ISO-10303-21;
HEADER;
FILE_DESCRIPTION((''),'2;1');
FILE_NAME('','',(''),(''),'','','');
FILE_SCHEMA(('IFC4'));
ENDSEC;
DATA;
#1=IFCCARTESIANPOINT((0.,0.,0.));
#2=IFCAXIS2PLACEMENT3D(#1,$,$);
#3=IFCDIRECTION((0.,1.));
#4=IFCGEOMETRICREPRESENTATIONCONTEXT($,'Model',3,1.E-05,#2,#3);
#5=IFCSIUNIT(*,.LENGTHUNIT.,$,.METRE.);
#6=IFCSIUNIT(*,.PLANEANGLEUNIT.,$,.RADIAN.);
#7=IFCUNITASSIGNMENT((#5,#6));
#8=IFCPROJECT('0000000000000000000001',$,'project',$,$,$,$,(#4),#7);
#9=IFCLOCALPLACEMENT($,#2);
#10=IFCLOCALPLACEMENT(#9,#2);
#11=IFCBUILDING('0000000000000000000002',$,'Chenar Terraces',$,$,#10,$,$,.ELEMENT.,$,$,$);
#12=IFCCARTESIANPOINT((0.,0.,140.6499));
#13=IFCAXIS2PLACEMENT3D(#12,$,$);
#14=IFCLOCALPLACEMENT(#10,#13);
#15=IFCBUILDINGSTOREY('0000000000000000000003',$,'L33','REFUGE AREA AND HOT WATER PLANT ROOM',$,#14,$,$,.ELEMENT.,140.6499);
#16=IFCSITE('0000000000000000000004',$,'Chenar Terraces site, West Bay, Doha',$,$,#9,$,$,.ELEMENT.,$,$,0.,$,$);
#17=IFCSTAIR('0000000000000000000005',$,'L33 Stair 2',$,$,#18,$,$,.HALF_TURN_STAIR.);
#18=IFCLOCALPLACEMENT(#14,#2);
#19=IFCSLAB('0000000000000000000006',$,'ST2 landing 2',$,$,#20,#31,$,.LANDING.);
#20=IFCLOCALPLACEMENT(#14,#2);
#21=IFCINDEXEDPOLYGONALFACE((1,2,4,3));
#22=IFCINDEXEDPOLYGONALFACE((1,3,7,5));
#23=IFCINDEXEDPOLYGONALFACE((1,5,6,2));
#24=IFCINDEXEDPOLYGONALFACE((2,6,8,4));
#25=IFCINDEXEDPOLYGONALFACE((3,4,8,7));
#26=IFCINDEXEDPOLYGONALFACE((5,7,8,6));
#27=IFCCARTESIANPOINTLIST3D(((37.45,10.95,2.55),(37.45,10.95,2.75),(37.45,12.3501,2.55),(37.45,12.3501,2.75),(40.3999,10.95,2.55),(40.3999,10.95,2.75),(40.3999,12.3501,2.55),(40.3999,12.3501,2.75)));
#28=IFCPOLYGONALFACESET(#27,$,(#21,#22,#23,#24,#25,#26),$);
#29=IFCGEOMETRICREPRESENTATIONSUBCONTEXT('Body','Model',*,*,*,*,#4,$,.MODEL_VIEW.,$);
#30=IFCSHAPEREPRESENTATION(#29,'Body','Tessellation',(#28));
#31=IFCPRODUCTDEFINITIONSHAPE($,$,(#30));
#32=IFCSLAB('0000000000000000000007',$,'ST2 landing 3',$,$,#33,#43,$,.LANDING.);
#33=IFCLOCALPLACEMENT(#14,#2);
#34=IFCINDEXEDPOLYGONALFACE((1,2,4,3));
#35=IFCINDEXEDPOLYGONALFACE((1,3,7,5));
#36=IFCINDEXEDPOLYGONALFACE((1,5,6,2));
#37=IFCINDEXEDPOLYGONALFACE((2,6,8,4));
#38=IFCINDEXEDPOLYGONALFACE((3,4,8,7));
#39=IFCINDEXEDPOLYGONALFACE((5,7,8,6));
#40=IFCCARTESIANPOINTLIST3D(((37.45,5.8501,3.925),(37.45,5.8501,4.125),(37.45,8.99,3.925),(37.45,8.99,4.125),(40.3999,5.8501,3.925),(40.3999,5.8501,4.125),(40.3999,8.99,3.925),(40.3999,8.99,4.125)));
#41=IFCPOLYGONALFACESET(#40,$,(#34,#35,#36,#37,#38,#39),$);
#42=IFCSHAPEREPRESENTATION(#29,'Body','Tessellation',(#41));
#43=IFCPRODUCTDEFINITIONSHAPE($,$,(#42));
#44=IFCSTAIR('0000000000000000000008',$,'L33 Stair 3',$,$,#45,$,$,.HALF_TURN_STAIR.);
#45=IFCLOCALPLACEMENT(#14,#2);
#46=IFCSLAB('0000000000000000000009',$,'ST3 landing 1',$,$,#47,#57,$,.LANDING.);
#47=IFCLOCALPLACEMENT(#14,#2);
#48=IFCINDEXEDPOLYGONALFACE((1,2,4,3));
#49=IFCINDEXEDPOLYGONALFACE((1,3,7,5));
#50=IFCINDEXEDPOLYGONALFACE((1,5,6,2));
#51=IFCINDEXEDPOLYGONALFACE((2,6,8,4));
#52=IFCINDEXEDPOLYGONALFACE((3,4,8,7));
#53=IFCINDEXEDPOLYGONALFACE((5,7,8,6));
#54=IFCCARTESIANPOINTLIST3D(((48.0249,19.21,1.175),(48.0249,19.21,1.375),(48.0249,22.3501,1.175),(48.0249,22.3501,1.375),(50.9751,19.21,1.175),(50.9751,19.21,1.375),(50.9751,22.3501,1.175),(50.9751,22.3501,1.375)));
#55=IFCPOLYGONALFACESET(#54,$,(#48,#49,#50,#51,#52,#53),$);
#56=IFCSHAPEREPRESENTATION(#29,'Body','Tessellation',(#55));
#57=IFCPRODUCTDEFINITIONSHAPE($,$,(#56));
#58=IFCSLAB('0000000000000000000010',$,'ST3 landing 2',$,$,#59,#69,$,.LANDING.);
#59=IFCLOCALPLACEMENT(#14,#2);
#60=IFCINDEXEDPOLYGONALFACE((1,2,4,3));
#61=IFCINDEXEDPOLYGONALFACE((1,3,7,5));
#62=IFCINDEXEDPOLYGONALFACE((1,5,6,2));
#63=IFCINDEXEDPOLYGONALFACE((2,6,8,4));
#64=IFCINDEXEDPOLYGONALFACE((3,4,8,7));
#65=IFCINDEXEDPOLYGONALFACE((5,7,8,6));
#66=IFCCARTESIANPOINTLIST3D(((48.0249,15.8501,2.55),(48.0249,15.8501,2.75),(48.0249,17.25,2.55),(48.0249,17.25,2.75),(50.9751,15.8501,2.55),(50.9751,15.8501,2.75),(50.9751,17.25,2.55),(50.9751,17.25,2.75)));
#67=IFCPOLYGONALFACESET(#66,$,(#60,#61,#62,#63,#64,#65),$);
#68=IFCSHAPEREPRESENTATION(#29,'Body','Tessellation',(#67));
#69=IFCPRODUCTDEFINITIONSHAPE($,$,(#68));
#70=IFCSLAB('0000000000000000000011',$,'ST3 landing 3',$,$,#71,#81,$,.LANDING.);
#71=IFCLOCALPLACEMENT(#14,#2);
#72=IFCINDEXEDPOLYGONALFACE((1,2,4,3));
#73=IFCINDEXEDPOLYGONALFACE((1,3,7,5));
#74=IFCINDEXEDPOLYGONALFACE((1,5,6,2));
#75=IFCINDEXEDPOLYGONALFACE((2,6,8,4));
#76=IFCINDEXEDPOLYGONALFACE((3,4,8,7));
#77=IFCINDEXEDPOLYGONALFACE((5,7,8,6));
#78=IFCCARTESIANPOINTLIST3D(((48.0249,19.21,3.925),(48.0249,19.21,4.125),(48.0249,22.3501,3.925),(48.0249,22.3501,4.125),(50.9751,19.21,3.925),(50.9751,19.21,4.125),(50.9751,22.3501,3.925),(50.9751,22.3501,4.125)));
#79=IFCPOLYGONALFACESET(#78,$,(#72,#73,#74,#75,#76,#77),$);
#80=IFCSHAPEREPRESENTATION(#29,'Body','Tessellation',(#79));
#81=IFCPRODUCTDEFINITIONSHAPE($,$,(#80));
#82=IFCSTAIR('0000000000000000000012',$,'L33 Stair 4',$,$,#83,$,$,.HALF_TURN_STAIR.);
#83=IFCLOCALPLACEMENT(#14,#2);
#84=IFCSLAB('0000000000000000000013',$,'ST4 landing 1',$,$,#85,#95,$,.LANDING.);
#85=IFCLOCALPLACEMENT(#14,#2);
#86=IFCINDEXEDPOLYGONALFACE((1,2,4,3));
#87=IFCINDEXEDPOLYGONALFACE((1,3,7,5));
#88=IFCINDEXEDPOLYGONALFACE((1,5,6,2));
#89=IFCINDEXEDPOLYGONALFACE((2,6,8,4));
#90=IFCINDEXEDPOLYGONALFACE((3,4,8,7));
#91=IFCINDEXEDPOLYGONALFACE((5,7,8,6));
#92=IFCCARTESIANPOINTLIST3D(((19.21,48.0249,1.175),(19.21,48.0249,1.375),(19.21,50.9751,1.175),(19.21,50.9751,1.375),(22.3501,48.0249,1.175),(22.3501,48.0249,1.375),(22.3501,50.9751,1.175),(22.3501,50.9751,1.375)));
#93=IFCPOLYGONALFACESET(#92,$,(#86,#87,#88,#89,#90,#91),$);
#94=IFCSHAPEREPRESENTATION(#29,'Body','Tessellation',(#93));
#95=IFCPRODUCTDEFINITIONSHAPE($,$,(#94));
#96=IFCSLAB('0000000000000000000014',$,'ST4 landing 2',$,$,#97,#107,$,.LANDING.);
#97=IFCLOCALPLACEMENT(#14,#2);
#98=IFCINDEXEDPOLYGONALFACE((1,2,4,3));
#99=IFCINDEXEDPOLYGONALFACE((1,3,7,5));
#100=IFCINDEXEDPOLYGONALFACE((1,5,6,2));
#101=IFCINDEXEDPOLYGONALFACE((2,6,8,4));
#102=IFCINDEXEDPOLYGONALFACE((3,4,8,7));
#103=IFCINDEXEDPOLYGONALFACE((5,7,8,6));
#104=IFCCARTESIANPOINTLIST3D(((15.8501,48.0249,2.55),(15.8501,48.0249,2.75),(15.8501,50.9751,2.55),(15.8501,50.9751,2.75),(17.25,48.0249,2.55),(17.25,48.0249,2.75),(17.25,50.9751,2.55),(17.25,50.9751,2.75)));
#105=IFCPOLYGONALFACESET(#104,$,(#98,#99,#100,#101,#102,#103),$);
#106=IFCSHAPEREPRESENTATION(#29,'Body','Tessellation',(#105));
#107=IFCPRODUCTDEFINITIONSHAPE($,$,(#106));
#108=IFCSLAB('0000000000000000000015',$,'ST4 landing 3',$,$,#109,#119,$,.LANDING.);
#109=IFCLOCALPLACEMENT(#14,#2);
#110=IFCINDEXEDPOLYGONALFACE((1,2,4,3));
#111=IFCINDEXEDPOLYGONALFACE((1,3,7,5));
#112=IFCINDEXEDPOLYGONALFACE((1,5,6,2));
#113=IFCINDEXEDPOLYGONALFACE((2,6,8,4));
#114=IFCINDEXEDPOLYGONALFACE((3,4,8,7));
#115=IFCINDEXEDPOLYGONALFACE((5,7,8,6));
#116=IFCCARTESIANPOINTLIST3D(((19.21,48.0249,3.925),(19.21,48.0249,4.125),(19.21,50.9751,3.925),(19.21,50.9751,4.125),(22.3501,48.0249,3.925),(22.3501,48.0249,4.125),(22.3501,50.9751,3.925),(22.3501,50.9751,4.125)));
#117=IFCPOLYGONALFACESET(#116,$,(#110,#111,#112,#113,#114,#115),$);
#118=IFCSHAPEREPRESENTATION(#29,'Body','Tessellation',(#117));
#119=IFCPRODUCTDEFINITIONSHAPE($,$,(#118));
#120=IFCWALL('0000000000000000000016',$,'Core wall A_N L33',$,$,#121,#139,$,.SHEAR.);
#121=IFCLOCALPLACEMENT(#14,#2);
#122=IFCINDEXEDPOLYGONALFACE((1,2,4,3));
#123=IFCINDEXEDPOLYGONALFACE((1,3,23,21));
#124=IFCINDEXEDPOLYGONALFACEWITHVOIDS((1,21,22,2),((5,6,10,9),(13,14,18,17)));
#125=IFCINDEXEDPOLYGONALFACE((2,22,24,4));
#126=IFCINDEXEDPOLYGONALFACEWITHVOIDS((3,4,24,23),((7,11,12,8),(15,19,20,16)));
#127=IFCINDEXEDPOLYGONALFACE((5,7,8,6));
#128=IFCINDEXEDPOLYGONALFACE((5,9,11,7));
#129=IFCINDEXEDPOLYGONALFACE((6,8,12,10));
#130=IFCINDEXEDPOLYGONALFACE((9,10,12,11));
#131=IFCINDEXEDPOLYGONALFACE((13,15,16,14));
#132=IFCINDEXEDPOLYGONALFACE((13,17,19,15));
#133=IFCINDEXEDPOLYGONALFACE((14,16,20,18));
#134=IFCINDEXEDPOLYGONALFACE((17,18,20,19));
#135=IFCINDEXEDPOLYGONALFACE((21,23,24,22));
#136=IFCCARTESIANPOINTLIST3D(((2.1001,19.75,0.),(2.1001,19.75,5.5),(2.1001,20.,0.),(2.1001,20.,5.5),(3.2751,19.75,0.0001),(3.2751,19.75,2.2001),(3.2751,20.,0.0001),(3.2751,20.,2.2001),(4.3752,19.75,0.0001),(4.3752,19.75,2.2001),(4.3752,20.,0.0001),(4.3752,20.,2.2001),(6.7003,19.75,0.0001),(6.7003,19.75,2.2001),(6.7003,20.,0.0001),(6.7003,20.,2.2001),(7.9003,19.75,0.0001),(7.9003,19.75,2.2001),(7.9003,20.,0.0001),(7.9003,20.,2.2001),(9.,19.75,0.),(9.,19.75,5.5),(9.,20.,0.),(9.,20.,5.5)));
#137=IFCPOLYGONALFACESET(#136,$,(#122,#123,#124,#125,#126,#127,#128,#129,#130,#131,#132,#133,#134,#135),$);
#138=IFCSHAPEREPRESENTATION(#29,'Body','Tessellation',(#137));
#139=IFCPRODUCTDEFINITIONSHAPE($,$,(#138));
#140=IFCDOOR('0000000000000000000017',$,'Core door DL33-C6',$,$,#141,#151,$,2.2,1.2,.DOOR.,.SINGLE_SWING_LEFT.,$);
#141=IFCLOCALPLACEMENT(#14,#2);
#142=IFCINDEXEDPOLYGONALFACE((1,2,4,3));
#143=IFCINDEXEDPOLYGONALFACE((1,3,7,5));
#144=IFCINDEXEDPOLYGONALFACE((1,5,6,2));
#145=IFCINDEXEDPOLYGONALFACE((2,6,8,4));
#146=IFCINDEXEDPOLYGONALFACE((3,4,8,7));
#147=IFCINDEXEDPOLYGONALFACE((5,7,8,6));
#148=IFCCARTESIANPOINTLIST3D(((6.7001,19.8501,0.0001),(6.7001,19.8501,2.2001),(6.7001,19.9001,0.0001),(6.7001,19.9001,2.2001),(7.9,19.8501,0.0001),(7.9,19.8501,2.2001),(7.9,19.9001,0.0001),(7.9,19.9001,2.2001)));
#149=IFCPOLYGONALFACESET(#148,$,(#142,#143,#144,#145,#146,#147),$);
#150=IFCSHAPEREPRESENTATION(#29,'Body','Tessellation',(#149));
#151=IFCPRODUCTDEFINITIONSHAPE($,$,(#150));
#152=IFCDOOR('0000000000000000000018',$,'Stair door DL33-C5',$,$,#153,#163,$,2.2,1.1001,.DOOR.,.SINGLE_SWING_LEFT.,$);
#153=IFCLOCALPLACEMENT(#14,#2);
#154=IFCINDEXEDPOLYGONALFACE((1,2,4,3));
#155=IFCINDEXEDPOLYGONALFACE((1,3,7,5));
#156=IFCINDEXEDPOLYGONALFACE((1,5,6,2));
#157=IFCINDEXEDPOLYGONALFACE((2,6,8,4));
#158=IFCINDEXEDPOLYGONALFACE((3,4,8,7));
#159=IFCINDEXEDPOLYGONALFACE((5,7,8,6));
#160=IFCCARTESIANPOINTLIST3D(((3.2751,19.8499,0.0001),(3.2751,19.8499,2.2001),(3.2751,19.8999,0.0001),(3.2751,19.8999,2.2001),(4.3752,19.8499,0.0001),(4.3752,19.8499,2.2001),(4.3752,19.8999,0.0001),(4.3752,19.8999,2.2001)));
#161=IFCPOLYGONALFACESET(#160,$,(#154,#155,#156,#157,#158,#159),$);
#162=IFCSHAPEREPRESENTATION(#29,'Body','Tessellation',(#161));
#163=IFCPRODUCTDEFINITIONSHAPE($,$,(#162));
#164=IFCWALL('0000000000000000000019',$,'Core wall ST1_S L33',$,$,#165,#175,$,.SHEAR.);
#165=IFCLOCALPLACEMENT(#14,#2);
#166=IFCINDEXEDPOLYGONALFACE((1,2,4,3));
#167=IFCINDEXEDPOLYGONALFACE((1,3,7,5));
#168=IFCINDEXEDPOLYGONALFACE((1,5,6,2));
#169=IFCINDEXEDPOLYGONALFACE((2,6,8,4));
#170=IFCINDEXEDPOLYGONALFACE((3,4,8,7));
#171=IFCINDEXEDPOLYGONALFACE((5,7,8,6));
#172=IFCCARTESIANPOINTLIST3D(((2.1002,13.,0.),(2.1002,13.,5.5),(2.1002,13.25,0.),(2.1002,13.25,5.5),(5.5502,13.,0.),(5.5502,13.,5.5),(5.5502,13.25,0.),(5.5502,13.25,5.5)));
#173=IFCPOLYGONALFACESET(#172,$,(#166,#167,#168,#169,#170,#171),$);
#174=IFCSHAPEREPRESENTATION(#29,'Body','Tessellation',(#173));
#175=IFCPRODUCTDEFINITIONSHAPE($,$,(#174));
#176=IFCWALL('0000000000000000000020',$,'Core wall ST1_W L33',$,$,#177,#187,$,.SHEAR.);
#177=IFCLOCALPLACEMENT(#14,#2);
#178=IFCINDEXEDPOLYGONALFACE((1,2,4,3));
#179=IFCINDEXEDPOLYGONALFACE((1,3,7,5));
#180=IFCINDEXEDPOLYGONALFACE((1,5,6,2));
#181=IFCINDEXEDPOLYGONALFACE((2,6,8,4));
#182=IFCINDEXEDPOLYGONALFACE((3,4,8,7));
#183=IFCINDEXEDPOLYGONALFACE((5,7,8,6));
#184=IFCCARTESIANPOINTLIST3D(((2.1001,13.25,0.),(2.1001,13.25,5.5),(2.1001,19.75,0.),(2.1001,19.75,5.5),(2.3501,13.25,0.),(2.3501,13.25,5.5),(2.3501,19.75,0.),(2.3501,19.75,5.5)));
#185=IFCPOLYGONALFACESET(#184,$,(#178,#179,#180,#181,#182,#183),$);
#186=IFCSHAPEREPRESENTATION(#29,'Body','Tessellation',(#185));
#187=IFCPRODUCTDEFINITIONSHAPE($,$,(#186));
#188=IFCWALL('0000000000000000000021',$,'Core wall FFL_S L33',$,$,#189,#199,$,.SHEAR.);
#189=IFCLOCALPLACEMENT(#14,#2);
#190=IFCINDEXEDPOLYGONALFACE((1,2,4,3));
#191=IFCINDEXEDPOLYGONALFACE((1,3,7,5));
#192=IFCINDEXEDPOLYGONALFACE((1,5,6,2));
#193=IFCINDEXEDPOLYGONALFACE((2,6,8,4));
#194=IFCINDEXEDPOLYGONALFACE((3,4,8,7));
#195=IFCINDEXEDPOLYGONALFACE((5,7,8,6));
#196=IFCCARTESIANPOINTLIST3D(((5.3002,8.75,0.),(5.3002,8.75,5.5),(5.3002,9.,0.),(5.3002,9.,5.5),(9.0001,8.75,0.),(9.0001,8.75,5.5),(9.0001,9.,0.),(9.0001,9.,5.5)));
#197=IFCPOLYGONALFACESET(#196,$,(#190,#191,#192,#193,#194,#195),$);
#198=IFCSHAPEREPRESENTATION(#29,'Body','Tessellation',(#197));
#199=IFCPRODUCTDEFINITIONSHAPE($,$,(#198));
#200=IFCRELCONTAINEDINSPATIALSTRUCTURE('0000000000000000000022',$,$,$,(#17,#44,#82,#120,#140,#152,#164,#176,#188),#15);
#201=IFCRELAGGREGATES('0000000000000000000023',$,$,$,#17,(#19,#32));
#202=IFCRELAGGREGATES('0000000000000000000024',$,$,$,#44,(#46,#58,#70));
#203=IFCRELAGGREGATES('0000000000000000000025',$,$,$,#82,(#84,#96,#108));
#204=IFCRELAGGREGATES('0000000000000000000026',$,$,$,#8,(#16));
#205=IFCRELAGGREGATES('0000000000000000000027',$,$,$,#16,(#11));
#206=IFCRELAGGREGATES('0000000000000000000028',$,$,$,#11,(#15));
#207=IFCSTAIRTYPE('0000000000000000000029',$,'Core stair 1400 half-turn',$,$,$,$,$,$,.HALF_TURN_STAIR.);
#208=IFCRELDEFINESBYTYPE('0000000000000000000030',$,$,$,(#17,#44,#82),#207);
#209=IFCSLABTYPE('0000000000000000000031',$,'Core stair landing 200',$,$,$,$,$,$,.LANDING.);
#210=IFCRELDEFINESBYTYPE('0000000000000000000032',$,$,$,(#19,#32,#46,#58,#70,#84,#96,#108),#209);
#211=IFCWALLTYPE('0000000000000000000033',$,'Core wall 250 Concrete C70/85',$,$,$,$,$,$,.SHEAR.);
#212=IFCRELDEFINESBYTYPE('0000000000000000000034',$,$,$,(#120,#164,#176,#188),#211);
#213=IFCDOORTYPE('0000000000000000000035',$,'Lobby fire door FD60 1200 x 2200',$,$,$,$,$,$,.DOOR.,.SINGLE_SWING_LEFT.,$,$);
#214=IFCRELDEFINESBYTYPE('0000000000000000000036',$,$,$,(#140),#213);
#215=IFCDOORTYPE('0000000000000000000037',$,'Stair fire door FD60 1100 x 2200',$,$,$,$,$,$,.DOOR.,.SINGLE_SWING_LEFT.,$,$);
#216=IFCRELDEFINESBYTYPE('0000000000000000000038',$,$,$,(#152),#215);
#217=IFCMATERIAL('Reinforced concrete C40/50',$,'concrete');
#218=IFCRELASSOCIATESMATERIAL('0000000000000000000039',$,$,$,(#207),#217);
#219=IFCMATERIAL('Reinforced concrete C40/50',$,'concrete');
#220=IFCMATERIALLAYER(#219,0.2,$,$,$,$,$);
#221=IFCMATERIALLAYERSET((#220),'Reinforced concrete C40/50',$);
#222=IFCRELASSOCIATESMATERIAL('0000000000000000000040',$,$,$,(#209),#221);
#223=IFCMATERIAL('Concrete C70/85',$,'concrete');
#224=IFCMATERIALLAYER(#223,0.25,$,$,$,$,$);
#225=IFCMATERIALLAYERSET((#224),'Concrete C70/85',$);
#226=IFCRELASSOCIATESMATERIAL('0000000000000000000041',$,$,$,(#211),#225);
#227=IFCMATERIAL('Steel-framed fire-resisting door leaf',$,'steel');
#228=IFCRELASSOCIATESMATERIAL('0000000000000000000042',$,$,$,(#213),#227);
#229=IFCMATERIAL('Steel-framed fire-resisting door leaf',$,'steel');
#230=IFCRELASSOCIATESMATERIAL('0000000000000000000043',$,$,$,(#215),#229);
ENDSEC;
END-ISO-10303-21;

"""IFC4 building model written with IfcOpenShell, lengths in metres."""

from ifc_helpers import new_model, si_unit, direction, frame, frame_2d, origin, place, context, subcontext, project, spatial, polyline, rectangle, outline, extrude, material, layer, layer_set, type_object, element, fill, aggregate, save


model = new_model("IFC4")

# Units and contexts
model_context = context("Model", 3, precision=1e-05, world=origin(), true_north=direction((0.0, 1.0)))
body_context = subcontext(model_context, "Body", "Model", "MODEL_VIEW")
ifc_project = project(units=[si_unit("LENGTHUNIT", "METRE"), si_unit("PLANEANGLEUNIT", "RADIAN")], contexts=[model_context])

# Site, building, storey
site_placement = place(None, origin())
site = spatial("IfcSite", under=ifc_project, at=site_placement, Name="Chenar Terraces site, West Bay, Doha", CompositionType="ELEMENT", RefElevation=0.0)
building_placement = place(site_placement, origin())
building = spatial("IfcBuilding", under=site, at=building_placement, Name="Chenar Terraces", CompositionType="ELEMENT")
storey_placement = place(building_placement, frame((0.0, 0.0, 140.6499)))
storey = spatial("IfcBuildingStorey", under=building, at=storey_placement, Name="L33", Description="REFUGE AREA AND HOT WATER PLANT ROOM", CompositionType="ELEMENT", Elevation=140.6499)

# Stairs, slabs
ifc_material_1 = material(Name="Reinforced concrete C40/50", Category="concrete")
stair_type = type_object("IfcStairType", Name="Core stair 1400 half-turn", PredefinedType="HALF_TURN_STAIR", material=ifc_material_1)
placement_1 = place(storey_placement, origin())
stair_1 = element("IfcStair", 1, at=placement_1, inside=storey, type_object=stair_type, Name="L33 Stair 2", PredefinedType="HALF_TURN_STAIR")
ifc_material_2 = material(Name="Reinforced concrete C40/50", Category="concrete")
ifc_layer_1 = layer(ifc_material_2, 0.2)
ifc_layer_set_1 = layer_set([ifc_layer_1], Name="Reinforced concrete C40/50")
slab_type = type_object("IfcSlabType", Name="Core stair landing 200", PredefinedType="LANDING", material=ifc_layer_set_1)
placement_2 = place(storey_placement, frame((0.0, 0.0, 2.55)))
slab_1 = element("IfcSlab", 2, at=placement_2, type_object=slab_type, Name="ST2 landing 2", PredefinedType="LANDING", context=body_context, shape_type="SweptSolid", body=[
    extrude(outline(polyline([(37.45, 12.3501), (37.45, 10.95), (40.3999, 10.95), (40.3999, 12.3501), (37.45, 12.3501)])), origin(), (0.0, 0.0, 1.0), 0.2),
])
placement_3 = place(storey_placement, frame((0.0, 0.0, 3.925)))
slab_2 = element("IfcSlab", 3, at=placement_3, type_object=slab_type, Name="ST2 landing 3", PredefinedType="LANDING", context=body_context, shape_type="SweptSolid", body=[
    extrude(outline(polyline([(37.45, 8.99), (37.45, 5.8501), (40.3999, 5.8501), (40.3999, 8.99), (37.45, 8.99)])), origin(), (0.0, 0.0, 1.0), 0.2),
])
aggregate(stair_1, [slab_1, slab_2])
stair_2 = element("IfcStair", 4, at=placement_1, inside=storey, type_object=stair_type, Name="L33 Stair 3", PredefinedType="HALF_TURN_STAIR")
placement_4 = place(storey_placement, frame((0.0, 0.0, 1.175)))
slab_3 = element("IfcSlab", 5, at=placement_4, type_object=slab_type, Name="ST3 landing 1", PredefinedType="LANDING", context=body_context, shape_type="SweptSolid", body=[
    extrude(outline(polyline([(50.9751, 19.21), (50.9751, 22.3501), (48.0249, 22.3501), (48.0249, 19.21), (50.9751, 19.21)])), origin(), (0.0, 0.0, 1.0), 0.2),
])
slab_4 = element("IfcSlab", 6, at=placement_2, type_object=slab_type, Name="ST3 landing 2", PredefinedType="LANDING", context=body_context, shape_type="SweptSolid", body=[
    extrude(outline(polyline([(50.9751, 15.8501), (50.9751, 17.25), (48.0249, 17.25), (48.0249, 15.8501), (50.9751, 15.8501)])), origin(), (0.0, 0.0, 1.0), 0.2),
])
slab_5 = element("IfcSlab", 7, at=placement_3, type_object=slab_type, Name="ST3 landing 3", PredefinedType="LANDING", context=body_context, shape_type="SweptSolid", body=[
    extrude(outline(polyline([(50.9751, 19.21), (50.9751, 22.3501), (48.0249, 22.3501), (48.0249, 19.21), (50.9751, 19.21)])), origin(), (0.0, 0.0, 1.0), 0.2),
])
aggregate(stair_2, [slab_3, slab_4, slab_5])
stair_3 = element("IfcStair", 8, at=placement_1, inside=storey, type_object=stair_type, Name="L33 Stair 4", PredefinedType="HALF_TURN_STAIR")
slab_6 = element("IfcSlab", 9, at=placement_4, type_object=slab_type, Name="ST4 landing 1", PredefinedType="LANDING", context=body_context, shape_type="SweptSolid", body=[
    extrude(outline(polyline([(19.21, 48.0249), (22.3501, 48.0249), (22.3501, 50.9751), (19.21, 50.9751), (19.21, 48.0249)])), origin(), (0.0, 0.0, 1.0), 0.2),
])
slab_7 = element("IfcSlab", 10, at=placement_2, type_object=slab_type, Name="ST4 landing 2", PredefinedType="LANDING", context=body_context, shape_type="SweptSolid", body=[
    extrude(outline(polyline([(15.8501, 48.0249), (17.25, 48.0249), (17.25, 50.9751), (15.8501, 50.9751), (15.8501, 48.0249)])), origin(), (0.0, 0.0, 1.0), 0.2),
])
slab_8 = element("IfcSlab", 11, at=placement_3, type_object=slab_type, Name="ST4 landing 3", PredefinedType="LANDING", context=body_context, shape_type="SweptSolid", body=[
    extrude(outline(polyline([(19.21, 48.0249), (22.3501, 48.0249), (22.3501, 50.9751), (19.21, 50.9751), (19.21, 48.0249)])), origin(), (0.0, 0.0, 1.0), 0.2),
])
aggregate(stair_3, [slab_6, slab_7, slab_8])

# Wall, openings, doors
ifc_material_3 = material(Name="Concrete C70/85", Category="concrete")
ifc_layer_2 = layer(ifc_material_3, 0.25)
ifc_layer_set_2 = layer_set([ifc_layer_2], Name="Concrete C70/85")
wall_type_1 = type_object("IfcWallType", Name="Core wall 250 Concrete C70/85", PredefinedType="SHEAR", material=ifc_layer_set_2)
wall_1_placement = place(storey_placement, frame((2.1001, 19.875, 0.0), z_axis=(0.0, 0.0, 1.0), x_axis=(1.0, 0.0, 0.0)))
wall_1 = element("IfcWall", 12, at=wall_1_placement, inside=storey, type_object=wall_type_1, Name="Core wall A_N L33", PredefinedType="SHEAR", context=body_context, shape_type="SweptSolid", body=[
    extrude(rectangle(XDim=6.8999, YDim=0.25, at=frame_2d((3.45, 0.0))), origin(), (0.0, 0.0, 1.0), 5.5),
])
opening_1_placement = place(wall_1_placement, frame((1.175, 0.0, 0.0)))
opening_1 = element("IfcOpeningElement", 13, at=opening_1_placement, cuts=wall_1, PredefinedType="OPENING", context=body_context, shape_type="SweptSolid", body=[
    extrude(rectangle(XDim=1.1001, YDim=2.2, at=frame_2d((0.55, 1.1001))), frame((0.0, 0.135, 0.0), z_axis=(0.0, -1.0, 0.0), x_axis=(1.0, 0.0, 0.0)), (0.0, 0.0, 1.0), 0.27),
])
opening_2_placement = place(wall_1_placement, frame((4.6001, 0.0, 0.0)))
opening_2 = element("IfcOpeningElement", 14, at=opening_2_placement, cuts=wall_1, PredefinedType="OPENING", context=body_context, shape_type="SweptSolid", body=[
    extrude(rectangle(XDim=1.2, YDim=2.2, at=frame_2d((0.6001, 1.1001))), frame((0.0, 0.135, 0.0), z_axis=(0.0, -1.0, 0.0), x_axis=(1.0, 0.0, 0.0)), (0.0, 0.0, 1.0), 0.27),
])
ifc_material_4 = material(Name="Steel-framed fire-resisting door leaf", Category="steel")
door_type_1 = type_object("IfcDoorType", Name="Lobby fire door FD60 1200 x 2200", OperationType="SINGLE_SWING_LEFT", PredefinedType="DOOR", material=ifc_material_4)
door_1_placement = place(opening_2_placement, frame((1.2, 0.0, 0.0), z_axis=(0.0, 0.0, 1.0), x_axis=(-1.0, 0.0, 0.0)))
door_1 = element("IfcDoor", 15, at=door_1_placement, inside=storey, type_object=door_type_1, Name="Core door DL33-C6", OperationType="SINGLE_SWING_LEFT", OverallHeight=2.2, OverallWidth=1.2, PredefinedType="DOOR", context=body_context, shape_type="SweptSolid", body=[
    extrude(rectangle(XDim=1.2, YDim=2.2, at=frame_2d((0.6001, 1.1001))), frame((0.0, 0.0249, 0.0), z_axis=(0.0, -1.0, 0.0), x_axis=(1.0, 0.0, 0.0)), (0.0, 0.0, 1.0), 0.05),
])
fill(opening_2, door_1)
ifc_material_5 = material(Name="Steel-framed fire-resisting door leaf", Category="steel")
door_type_2 = type_object("IfcDoorType", Name="Stair fire door FD60 1100 x 2200", OperationType="SINGLE_SWING_LEFT", PredefinedType="DOOR", material=ifc_material_5)
door_2_placement = place(opening_1_placement, origin())
door_2 = element("IfcDoor", 16, at=door_2_placement, inside=storey, type_object=door_type_2, Name="Stair door DL33-C5", OperationType="SINGLE_SWING_LEFT", OverallHeight=2.2, OverallWidth=1.1001, PredefinedType="DOOR", context=body_context, shape_type="SweptSolid", body=[
    extrude(rectangle(XDim=1.1001, YDim=2.2, at=frame_2d((0.55, 1.1001))), frame((0.0, 0.0249, 0.0), z_axis=(0.0, -1.0, 0.0), x_axis=(1.0, 0.0, 0.0)), (0.0, 0.0, 1.0), 0.05),
])
fill(opening_1, door_2)

# Walls
wall_2_placement = place(storey_placement, frame((2.1001, 13.125, 0.0), z_axis=(0.0, 0.0, 1.0), x_axis=(1.0, 0.0, 0.0)))
element("IfcWall", 17, at=wall_2_placement, inside=storey, type_object=wall_type_1, Name="Core wall ST1_S L33", PredefinedType="SHEAR", context=body_context, shape_type="SweptSolid", body=[
    extrude(rectangle(XDim=3.45, YDim=0.25, at=frame_2d((1.7251, 0.0))), origin(), (0.0, 0.0, 1.0), 5.5),
])
wall_3_placement = place(storey_placement, frame((2.2251, 13.25, 0.0), z_axis=(0.0, 0.0, 1.0), x_axis=(0.0, 1.0, 0.0)))
element("IfcWall", 18, at=wall_3_placement, inside=storey, type_object=wall_type_1, Name="Core wall ST1_W L33", PredefinedType="SHEAR", context=body_context, shape_type="SweptSolid", body=[
    extrude(rectangle(XDim=6.5, YDim=0.25, at=frame_2d((3.25, 0.0))), origin(), (0.0, 0.0, 1.0), 5.5),
])
wall_4_placement = place(storey_placement, frame((5.3, 8.875, 0.0), z_axis=(0.0, 0.0, 1.0), x_axis=(1.0, 0.0, 0.0)))
element("IfcWall", 19, at=wall_4_placement, inside=storey, type_object=wall_type_1, Name="Core wall FFL_S L33", PredefinedType="SHEAR", context=body_context, shape_type="SweptSolid", body=[
    extrude(rectangle(XDim=3.7, YDim=0.25, at=frame_2d((1.8501, 0.0))), origin(), (0.0, 0.0, 1.0), 5.5),
])

save(model, "model.ifc")
